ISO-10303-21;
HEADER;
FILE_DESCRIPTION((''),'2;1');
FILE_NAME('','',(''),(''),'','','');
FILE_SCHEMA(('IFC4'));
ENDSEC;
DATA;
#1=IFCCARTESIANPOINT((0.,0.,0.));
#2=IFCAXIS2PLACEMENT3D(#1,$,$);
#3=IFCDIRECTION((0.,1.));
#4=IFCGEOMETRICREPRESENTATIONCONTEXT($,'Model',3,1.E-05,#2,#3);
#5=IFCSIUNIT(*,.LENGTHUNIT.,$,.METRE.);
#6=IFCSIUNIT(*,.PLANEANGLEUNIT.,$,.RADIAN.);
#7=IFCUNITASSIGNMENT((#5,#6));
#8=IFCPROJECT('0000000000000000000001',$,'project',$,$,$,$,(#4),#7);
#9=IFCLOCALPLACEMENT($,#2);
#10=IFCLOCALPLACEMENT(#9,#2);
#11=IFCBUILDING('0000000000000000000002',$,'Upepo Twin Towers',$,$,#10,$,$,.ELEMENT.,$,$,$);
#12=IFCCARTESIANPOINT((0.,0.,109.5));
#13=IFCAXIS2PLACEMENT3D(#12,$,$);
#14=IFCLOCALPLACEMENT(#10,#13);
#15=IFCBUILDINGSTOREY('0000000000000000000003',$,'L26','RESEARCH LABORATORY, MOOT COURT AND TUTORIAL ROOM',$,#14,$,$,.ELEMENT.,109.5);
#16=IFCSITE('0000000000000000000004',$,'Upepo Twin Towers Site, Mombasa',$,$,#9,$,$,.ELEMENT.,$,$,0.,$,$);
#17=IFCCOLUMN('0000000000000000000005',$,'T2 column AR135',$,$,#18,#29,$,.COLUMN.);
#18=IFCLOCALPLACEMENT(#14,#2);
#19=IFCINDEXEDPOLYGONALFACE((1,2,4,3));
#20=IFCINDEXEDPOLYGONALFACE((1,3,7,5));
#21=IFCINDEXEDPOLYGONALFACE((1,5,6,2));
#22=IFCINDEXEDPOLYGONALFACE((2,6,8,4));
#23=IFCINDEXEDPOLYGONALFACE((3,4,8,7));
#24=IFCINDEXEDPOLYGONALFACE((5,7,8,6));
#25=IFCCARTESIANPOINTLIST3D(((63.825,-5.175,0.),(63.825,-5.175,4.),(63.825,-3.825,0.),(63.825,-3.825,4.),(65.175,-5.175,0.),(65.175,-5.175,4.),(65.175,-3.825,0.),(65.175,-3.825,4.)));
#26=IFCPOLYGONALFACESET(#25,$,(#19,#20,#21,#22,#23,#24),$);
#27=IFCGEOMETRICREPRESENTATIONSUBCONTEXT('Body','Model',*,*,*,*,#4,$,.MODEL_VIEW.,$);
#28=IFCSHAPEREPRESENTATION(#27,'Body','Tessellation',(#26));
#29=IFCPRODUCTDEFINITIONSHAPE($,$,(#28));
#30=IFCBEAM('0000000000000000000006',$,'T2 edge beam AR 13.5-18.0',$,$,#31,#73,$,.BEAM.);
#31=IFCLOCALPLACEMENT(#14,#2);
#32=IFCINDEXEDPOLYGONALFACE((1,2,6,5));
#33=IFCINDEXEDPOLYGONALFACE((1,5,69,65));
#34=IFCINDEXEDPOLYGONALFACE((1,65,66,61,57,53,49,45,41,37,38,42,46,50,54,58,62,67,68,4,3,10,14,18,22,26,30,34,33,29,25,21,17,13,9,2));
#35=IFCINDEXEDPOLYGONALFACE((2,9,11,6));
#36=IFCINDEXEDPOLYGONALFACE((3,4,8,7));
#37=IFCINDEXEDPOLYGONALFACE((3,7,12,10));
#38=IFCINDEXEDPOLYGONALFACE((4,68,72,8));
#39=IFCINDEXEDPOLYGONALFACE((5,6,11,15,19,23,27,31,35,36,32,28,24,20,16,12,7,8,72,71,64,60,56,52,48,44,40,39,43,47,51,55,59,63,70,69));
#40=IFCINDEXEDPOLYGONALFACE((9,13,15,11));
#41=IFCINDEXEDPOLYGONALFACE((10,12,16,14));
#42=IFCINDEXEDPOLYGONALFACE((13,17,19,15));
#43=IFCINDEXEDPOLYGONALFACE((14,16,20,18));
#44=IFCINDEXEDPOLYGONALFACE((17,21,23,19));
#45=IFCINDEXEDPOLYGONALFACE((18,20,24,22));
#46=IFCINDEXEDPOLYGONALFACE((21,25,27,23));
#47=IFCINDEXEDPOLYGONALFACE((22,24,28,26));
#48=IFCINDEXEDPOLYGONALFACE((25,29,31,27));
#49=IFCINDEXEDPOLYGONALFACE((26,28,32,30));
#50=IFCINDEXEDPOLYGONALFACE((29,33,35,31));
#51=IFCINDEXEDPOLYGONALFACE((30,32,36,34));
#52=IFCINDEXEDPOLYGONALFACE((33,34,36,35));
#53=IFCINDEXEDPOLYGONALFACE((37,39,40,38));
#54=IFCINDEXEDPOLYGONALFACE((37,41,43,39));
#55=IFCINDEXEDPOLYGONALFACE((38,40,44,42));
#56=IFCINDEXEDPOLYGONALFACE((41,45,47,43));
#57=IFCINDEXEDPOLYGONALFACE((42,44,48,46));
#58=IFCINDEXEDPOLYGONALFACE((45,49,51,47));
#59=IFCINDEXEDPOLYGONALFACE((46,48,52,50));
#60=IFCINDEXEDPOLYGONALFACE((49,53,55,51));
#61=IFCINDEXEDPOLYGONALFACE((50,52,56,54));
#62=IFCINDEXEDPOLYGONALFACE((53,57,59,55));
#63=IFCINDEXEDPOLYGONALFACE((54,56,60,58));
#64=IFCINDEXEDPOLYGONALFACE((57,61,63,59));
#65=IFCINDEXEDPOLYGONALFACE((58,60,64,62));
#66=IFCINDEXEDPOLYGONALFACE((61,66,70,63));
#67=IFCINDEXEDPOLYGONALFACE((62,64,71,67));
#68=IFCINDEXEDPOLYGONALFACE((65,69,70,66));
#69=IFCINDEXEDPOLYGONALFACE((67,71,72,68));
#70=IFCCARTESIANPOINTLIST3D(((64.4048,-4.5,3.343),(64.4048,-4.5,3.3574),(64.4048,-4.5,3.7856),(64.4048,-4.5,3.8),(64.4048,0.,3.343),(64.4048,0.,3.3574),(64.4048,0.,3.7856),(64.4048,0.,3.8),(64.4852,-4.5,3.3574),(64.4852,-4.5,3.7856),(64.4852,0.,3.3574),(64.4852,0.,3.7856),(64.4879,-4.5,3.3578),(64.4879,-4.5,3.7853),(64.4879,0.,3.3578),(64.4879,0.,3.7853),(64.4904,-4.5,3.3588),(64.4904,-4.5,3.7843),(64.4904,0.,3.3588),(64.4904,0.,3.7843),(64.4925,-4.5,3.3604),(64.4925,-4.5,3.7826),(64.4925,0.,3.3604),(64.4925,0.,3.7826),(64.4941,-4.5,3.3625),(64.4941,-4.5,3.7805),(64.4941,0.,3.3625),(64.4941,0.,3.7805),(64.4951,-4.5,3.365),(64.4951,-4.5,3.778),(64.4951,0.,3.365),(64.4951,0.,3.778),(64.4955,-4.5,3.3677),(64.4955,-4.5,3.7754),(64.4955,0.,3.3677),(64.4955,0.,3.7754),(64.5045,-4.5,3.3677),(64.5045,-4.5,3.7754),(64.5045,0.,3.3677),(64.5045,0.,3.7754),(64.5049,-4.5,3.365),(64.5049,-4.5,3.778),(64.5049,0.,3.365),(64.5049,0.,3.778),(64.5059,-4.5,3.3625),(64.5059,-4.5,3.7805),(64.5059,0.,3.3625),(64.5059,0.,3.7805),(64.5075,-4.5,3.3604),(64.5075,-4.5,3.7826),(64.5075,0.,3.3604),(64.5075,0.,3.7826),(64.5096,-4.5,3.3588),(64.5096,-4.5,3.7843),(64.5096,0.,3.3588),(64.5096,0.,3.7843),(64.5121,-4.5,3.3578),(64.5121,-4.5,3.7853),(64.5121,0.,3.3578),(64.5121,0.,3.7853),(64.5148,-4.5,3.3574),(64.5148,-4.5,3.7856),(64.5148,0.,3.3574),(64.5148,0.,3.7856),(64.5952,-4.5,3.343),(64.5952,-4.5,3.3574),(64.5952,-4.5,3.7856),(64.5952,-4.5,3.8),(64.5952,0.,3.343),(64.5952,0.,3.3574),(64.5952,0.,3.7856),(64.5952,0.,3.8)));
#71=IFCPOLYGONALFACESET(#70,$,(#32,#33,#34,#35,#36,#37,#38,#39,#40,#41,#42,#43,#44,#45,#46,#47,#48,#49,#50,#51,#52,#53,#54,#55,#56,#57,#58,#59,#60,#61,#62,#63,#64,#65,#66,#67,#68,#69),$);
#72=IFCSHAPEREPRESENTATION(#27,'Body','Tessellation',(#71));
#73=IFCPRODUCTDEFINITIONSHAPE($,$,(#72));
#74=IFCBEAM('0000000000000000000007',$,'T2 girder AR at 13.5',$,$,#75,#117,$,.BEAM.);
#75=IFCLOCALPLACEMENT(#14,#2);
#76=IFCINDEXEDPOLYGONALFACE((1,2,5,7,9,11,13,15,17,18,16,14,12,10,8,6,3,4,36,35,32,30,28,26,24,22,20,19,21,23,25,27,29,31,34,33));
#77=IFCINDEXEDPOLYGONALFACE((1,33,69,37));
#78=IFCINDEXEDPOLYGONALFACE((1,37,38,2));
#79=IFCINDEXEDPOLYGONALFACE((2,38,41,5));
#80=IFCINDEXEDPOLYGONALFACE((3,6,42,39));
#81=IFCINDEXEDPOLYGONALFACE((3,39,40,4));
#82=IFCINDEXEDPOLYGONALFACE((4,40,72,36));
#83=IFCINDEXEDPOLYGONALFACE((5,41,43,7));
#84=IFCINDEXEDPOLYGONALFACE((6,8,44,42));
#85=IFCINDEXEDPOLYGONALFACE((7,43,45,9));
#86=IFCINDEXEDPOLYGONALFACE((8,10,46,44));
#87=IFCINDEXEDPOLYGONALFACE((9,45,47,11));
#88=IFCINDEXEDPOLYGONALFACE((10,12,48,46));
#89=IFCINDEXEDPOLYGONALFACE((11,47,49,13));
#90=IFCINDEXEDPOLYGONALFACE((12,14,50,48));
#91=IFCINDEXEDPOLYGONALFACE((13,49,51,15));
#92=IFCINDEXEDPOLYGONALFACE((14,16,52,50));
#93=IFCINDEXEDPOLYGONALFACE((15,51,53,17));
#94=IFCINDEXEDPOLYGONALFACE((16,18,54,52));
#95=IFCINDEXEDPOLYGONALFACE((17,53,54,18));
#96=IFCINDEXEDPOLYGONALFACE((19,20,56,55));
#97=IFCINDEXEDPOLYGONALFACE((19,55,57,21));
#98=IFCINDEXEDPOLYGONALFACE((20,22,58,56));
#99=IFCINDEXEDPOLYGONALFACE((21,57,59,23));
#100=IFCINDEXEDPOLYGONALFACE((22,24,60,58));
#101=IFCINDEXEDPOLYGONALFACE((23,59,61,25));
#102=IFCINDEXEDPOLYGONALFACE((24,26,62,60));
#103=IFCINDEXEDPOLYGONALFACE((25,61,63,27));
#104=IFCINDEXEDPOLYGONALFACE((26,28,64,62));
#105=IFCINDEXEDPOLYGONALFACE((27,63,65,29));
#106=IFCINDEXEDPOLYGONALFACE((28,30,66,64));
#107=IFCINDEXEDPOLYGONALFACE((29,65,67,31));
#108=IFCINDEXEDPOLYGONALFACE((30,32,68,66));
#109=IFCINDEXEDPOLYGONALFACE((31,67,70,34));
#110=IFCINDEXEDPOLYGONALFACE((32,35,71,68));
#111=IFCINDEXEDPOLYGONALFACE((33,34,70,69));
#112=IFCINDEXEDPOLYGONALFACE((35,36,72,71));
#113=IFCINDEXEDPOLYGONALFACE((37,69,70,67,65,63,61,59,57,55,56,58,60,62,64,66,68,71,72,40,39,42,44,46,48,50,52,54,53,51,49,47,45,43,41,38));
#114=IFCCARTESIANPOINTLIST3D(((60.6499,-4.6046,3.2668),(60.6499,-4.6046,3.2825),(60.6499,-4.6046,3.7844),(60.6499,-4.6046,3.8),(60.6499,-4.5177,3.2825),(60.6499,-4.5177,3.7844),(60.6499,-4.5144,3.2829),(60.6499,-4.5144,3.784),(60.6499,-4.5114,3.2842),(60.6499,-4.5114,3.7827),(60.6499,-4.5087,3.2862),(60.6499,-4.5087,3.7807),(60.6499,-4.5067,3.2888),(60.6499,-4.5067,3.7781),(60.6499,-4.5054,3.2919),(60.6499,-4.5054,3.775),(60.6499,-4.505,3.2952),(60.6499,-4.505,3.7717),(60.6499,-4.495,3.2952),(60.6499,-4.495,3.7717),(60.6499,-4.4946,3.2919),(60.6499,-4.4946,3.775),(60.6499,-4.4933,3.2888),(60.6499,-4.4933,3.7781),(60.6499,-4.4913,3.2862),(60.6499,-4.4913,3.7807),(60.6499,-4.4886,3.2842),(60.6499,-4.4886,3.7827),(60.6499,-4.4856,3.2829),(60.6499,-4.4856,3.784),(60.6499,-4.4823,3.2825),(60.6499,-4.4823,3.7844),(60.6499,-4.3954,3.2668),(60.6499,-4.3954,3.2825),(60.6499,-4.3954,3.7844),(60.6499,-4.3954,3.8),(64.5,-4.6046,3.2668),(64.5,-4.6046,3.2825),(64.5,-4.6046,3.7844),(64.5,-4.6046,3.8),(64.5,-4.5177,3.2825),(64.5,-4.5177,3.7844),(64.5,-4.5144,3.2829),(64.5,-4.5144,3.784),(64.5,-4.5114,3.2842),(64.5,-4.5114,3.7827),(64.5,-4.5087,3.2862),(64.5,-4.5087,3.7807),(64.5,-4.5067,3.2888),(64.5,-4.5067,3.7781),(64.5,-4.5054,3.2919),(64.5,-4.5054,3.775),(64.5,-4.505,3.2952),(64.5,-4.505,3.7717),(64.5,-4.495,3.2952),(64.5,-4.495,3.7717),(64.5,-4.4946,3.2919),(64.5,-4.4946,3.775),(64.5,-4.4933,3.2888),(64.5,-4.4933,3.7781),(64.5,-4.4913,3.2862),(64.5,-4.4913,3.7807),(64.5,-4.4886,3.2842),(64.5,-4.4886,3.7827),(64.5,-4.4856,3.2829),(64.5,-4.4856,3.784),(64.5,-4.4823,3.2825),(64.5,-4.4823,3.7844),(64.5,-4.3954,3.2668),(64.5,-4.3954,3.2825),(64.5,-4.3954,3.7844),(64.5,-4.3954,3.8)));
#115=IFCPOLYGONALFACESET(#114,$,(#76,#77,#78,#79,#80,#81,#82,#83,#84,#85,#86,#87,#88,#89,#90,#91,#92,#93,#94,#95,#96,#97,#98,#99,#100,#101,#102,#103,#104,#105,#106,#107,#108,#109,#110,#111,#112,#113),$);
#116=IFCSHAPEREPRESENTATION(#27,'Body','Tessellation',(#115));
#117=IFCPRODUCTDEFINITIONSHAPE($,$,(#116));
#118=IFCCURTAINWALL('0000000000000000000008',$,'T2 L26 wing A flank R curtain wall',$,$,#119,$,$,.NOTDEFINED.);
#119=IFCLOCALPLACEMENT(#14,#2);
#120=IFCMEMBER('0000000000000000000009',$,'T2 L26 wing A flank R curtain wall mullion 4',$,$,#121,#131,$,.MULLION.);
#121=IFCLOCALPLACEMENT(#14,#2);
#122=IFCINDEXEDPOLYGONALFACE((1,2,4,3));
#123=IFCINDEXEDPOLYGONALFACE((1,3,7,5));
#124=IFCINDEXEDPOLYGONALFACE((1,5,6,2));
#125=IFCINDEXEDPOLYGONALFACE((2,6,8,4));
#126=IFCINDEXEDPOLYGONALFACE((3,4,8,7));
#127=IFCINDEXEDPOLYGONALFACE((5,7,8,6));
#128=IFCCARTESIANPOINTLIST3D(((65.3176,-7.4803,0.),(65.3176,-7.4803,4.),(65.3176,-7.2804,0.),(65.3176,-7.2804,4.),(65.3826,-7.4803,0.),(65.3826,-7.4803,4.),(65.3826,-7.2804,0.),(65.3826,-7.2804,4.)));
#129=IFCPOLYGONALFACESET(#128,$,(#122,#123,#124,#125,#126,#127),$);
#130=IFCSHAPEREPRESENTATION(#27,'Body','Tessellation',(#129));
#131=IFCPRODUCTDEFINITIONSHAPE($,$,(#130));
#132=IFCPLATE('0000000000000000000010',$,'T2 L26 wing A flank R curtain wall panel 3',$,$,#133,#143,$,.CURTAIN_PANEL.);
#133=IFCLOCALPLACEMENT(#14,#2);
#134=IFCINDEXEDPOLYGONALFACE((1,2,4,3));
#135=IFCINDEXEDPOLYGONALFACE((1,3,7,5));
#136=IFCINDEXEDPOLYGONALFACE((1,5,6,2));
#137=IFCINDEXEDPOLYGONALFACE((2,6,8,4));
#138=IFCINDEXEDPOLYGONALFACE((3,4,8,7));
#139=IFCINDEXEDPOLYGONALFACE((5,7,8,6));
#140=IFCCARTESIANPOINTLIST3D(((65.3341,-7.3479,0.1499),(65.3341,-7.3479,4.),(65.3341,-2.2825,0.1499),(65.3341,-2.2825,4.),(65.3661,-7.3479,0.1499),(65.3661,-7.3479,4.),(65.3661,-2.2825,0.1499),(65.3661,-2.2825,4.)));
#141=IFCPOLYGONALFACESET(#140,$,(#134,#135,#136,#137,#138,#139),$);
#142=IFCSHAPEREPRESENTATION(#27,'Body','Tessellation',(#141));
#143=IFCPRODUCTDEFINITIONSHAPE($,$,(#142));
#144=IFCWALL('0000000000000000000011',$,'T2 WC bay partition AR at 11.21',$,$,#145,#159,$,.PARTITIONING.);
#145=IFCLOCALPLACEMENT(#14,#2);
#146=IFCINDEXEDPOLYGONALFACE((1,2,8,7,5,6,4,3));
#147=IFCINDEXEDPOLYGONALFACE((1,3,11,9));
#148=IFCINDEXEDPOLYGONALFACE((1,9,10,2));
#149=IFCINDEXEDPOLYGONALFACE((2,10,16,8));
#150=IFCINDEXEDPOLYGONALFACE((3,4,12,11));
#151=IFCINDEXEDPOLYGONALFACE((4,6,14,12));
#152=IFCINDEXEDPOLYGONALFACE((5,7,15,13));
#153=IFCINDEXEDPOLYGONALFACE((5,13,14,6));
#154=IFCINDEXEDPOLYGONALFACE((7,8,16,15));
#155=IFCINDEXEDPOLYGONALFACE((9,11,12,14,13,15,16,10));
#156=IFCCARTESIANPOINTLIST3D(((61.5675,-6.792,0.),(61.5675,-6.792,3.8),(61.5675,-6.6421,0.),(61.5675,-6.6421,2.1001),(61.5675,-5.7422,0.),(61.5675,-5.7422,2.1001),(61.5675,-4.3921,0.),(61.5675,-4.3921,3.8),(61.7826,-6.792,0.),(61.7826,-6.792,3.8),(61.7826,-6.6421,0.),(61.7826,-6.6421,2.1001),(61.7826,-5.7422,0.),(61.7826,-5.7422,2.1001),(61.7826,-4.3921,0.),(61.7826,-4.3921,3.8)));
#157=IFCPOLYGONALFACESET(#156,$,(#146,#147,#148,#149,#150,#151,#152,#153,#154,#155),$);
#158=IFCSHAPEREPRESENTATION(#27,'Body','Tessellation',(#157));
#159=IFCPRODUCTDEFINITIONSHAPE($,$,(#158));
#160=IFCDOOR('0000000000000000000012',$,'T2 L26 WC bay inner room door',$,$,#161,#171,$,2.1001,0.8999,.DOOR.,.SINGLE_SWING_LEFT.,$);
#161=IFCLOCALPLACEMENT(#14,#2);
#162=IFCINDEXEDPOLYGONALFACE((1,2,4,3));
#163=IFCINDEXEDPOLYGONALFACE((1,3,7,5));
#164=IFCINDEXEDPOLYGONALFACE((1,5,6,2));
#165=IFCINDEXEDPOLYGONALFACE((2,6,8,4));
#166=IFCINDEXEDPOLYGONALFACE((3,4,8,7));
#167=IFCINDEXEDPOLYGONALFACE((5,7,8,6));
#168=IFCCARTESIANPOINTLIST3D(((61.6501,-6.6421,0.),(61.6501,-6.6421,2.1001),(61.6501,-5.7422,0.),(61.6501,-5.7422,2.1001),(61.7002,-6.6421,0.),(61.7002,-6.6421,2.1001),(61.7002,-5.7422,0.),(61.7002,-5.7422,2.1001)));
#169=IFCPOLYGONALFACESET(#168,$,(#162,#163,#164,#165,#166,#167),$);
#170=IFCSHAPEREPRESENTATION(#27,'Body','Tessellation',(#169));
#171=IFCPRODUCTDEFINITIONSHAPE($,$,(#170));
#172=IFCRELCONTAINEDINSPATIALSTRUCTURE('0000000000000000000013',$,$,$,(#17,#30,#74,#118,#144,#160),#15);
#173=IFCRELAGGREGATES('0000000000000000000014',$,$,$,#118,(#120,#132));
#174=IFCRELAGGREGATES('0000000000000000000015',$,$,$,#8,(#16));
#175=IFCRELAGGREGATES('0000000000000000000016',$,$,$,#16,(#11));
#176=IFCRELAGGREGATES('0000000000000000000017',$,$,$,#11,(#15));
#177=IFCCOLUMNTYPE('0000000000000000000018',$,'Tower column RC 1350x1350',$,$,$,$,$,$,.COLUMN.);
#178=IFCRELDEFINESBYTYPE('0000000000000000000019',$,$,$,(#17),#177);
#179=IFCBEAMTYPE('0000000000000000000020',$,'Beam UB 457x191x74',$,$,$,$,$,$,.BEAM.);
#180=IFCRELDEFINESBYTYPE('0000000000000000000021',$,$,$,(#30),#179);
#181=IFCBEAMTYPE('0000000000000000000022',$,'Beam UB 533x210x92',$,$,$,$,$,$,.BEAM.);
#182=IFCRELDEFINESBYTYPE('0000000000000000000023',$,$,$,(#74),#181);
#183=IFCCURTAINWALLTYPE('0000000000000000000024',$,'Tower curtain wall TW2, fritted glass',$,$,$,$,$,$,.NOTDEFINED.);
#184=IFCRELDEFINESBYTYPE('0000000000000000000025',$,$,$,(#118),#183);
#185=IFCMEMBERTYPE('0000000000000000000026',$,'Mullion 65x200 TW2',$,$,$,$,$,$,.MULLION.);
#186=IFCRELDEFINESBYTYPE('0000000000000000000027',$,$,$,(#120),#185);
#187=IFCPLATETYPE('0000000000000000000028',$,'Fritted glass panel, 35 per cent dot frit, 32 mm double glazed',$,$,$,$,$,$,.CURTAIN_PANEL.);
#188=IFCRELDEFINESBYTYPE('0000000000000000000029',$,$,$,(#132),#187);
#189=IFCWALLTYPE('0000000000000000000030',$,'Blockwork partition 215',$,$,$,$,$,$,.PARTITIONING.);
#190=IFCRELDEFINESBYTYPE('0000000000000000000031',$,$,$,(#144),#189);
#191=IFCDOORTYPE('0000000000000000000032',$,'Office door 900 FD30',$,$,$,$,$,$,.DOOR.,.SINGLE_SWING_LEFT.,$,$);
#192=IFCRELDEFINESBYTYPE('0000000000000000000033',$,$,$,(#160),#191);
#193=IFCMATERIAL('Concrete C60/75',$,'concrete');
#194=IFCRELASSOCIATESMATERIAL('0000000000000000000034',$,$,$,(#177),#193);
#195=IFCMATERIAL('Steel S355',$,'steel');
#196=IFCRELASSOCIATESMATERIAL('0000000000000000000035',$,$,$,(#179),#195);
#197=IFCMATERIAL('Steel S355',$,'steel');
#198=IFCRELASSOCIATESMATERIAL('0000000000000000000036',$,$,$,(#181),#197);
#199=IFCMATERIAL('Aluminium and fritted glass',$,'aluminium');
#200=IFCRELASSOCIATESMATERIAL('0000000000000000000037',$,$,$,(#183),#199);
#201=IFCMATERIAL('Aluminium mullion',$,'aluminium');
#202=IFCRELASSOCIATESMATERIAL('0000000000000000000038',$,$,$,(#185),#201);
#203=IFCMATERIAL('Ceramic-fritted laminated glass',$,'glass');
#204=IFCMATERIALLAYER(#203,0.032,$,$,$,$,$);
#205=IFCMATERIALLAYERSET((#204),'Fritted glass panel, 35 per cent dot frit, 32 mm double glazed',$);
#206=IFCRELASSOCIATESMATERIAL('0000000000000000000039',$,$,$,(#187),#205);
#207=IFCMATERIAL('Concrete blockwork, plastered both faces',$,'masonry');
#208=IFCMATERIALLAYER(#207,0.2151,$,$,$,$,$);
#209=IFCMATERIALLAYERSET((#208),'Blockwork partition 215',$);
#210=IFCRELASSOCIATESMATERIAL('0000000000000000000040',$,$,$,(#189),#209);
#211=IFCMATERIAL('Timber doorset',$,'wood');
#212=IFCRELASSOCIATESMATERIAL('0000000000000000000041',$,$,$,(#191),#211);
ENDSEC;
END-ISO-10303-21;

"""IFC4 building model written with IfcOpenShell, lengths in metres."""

from ifc_helpers import new_model, si_unit, direction, frame, frame_2d, origin, origin_2d, place, context, subcontext, project, spatial, rectangle, i_section, extrude, material, layer, layer_set, material_profile, profile_set, type_object, element, fill, aggregate, save


model = new_model("IFC4")

# Units and contexts
model_context = context("Model", 3, precision=1e-05, world=origin(), true_north=direction((0.0, 1.0)))
body_context = subcontext(model_context, "Body", "Model", "MODEL_VIEW")
ifc_project = project(units=[si_unit("LENGTHUNIT", "METRE"), si_unit("PLANEANGLEUNIT", "RADIAN")], contexts=[model_context])

# Site, building, storey
site_placement = place(None, origin())
site = spatial("IfcSite", under=ifc_project, at=site_placement, Name="Upepo Twin Towers Site, Mombasa", CompositionType="ELEMENT", RefElevation=0.0)
building_placement = place(site_placement, origin())
building = spatial("IfcBuilding", under=site, at=building_placement, Name="Upepo Twin Towers", CompositionType="ELEMENT")
storey_placement = place(building_placement, frame((0.0, 0.0, 109.5)))
storey = spatial("IfcBuildingStorey", under=building, at=storey_placement, Name="L26", Description="RESEARCH LABORATORY, MOOT COURT AND TUTORIAL ROOM", CompositionType="ELEMENT", Elevation=109.5)

# Column
ifc_material_1 = material(Name="Concrete C60/75", Category="concrete")
ifc_material_profile_1 = material_profile(ifc_material_1, rectangle(XDim=1.3501, YDim=1.3501, at=origin_2d()), Name="RC 1350x1350")
ifc_profile_set_1 = profile_set([ifc_material_profile_1], Name="Concrete C60/75")
column_type = type_object("IfcColumnType", Name="Tower column RC 1350x1350", PredefinedType="COLUMN", material=ifc_profile_set_1)
column_placement = place(storey_placement, frame((64.5, -4.5, 0.0), z_axis=(0.0, 0.0, 1.0), x_axis=(1.0, 0.0, 0.0)))
element("IfcColumn", 1, at=column_placement, inside=storey, type_object=column_type, Name="T2 column AR135", PredefinedType="COLUMN", context=body_context, shape_type="SweptSolid", body=[
    extrude(rectangle(XDim=1.3501, YDim=1.3501, at=origin_2d()), origin(), (0.0, 0.0, 1.0), 4.0),
])

# Beams
ifc_material_2 = material(Name="Steel S355", Category="steel")
ifc_material_profile_2 = material_profile(ifc_material_2, i_section(OverallWidth=0.1904, OverallDepth=0.457, WebThickness=0.009, FlangeThickness=0.0144, FilletRadius=0.0103, at=origin_2d()), Name="UB 457x191x74")
ifc_profile_set_2 = profile_set([ifc_material_profile_2], Name="Steel S355")
beam_type_1 = type_object("IfcBeamType", Name="Beam UB 457x191x74", PredefinedType="BEAM", material=ifc_profile_set_2)
beam_1_placement = place(storey_placement, frame((64.5, -4.5, 3.5715), z_axis=(0.0, 1.0, 0.0), x_axis=(-1.0, 0.0, 0.0)))
element("IfcBeam", 2, at=beam_1_placement, inside=storey, type_object=beam_type_1, Name="T2 edge beam AR 13.5-18.0", PredefinedType="BEAM", context=body_context, shape_type="SweptSolid", body=[
    extrude(i_section(OverallWidth=0.1904, OverallDepth=0.457, WebThickness=0.009, FlangeThickness=0.0144, FilletRadius=0.0103, at=origin_2d()), origin(), (0.0, 0.0, 1.0), 4.5),
])
ifc_material_3 = material(Name="Steel S355", Category="steel")
ifc_material_profile_3 = material_profile(ifc_material_3, i_section(OverallWidth=0.2092, OverallDepth=0.5332, WebThickness=0.01, FlangeThickness=0.0156, FilletRadius=0.0127, at=origin_2d()), Name="UB 533x210x92")
ifc_profile_set_3 = profile_set([ifc_material_profile_3], Name="Steel S355")
beam_type_2 = type_object("IfcBeamType", Name="Beam UB 533x210x92", PredefinedType="BEAM", material=ifc_profile_set_3)
beam_2_placement = place(storey_placement, frame((64.5, -4.5, 3.5334), z_axis=(-1.0, 0.0, 0.0), x_axis=(0.0, -1.0, 0.0)))
element("IfcBeam", 3, at=beam_2_placement, inside=storey, type_object=beam_type_2, Name="T2 girder AR at 13.5", PredefinedType="BEAM", context=body_context, shape_type="SweptSolid", body=[
    extrude(i_section(OverallWidth=0.2092, OverallDepth=0.5332, WebThickness=0.01, FlangeThickness=0.0156, FilletRadius=0.0127, at=origin_2d()), origin(), (0.0, 0.0, 1.0), 3.8501),
])

# Curtain wall, member, plate
ifc_material_4 = material(Name="Aluminium and fritted glass", Category="aluminium")
curtain_wall_type = type_object("IfcCurtainWallType", Name="Tower curtain wall TW2, fritted glass", PredefinedType="NOTDEFINED", material=ifc_material_4)
curtain_wall_placement = place(storey_placement, origin())
curtain_wall = element("IfcCurtainWall", 4, at=curtain_wall_placement, inside=storey, type_object=curtain_wall_type, Name="T2 L26 wing A flank R curtain wall", PredefinedType="NOTDEFINED")
ifc_material_5 = material(Name="Aluminium mullion", Category="aluminium")
ifc_material_profile_4 = material_profile(ifc_material_5, rectangle(XDim=0.0649, YDim=0.2, at=origin_2d()), Name="MULLION 65x200")
ifc_profile_set_4 = profile_set([ifc_material_profile_4], Name="Aluminium mullion")
member_type = type_object("IfcMemberType", Name="Mullion 65x200 TW2", PredefinedType="MULLION", material=ifc_profile_set_4)
member_placement = place(storey_placement, frame((65.3501, -7.3804, 0.0), z_axis=(0.0, 0.0, 1.0), x_axis=(1.0, 0.0, 0.0)))
member = element("IfcMember", 5, at=member_placement, type_object=member_type, Name="T2 L26 wing A flank R curtain wall mullion 4", PredefinedType="MULLION", context=body_context, shape_type="SweptSolid", body=[
    extrude(rectangle(XDim=0.0649, YDim=0.2, at=origin_2d()), origin(), (0.0, 0.0, 1.0), 4.0),
])
ifc_material_6 = material(Name="Ceramic-fritted laminated glass", Category="glass")
ifc_layer_1 = layer(ifc_material_6, 0.032)
ifc_layer_set_1 = layer_set([ifc_layer_1], Name="Fritted glass panel, 35 per cent dot frit, 32 mm double glazed")
plate_type = type_object("IfcPlateType", Name="Fritted glass panel, 35 per cent dot frit, 32 mm double glazed", PredefinedType="CURTAIN_PANEL", material=ifc_layer_set_1)
plate_placement = place(storey_placement, frame((65.3501, -4.8152, 0.1499), z_axis=(0.0, 0.0, 1.0), x_axis=(0.0, -1.0, 0.0)))
plate = element("IfcPlate", 6, at=plate_placement, type_object=plate_type, Name="T2 L26 wing A flank R curtain wall panel 3", PredefinedType="CURTAIN_PANEL", context=body_context, shape_type="SweptSolid", body=[
    extrude(rectangle(XDim=5.0654, YDim=0.032, at=origin_2d()), origin(), (0.0, 0.0, 1.0), 3.8501),
])
aggregate(curtain_wall, [member, plate])

# Wall, opening, door
ifc_material_7 = material(Name="Concrete blockwork, plastered both faces", Category="masonry")
ifc_layer_2 = layer(ifc_material_7, 0.2151)
ifc_layer_set_2 = layer_set([ifc_layer_2], Name="Blockwork partition 215")
wall_type_1 = type_object("IfcWallType", Name="Blockwork partition 215", PredefinedType="PARTITIONING", material=ifc_layer_set_2)
wall_1_placement = place(storey_placement, frame((61.675, -6.792, 0.0), z_axis=(0.0, 0.0, 1.0), x_axis=(0.0, 1.0, 0.0)))
wall_1 = element("IfcWall", 7, at=wall_1_placement, inside=storey, type_object=wall_type_1, Name="T2 WC bay partition AR at 11.21", PredefinedType="PARTITIONING", context=body_context, shape_type="SweptSolid", body=[
    extrude(rectangle(XDim=2.3999, YDim=0.2151, at=frame_2d((1.2, 0.0))), origin(), (0.0, 0.0, 1.0), 3.8),
])
opening_1_placement = place(wall_1_placement, frame((0.1499, 0.0, 0.0)))
opening_1 = element("IfcOpeningElement", 8, at=opening_1_placement, cuts=wall_1, PredefinedType="OPENING", context=body_context, shape_type="SweptSolid", body=[
    extrude(rectangle(XDim=0.8999, YDim=2.1001, at=frame_2d((0.45, 1.05))), frame((0.0, 0.1174, 0.0), z_axis=(0.0, -1.0, 0.0), x_axis=(1.0, 0.0, 0.0)), (0.0, 0.0, 1.0), 0.2351),
])
ifc_material_8 = material(Name="Timber doorset", Category="wood")
door_type_1 = type_object("IfcDoorType", Name="Office door 900 FD30", OperationType="SINGLE_SWING_LEFT", PredefinedType="DOOR", material=ifc_material_8)
door_1_placement = place(opening_1_placement, origin())
door_1 = element("IfcDoor", 9, at=door_1_placement, inside=storey, type_object=door_type_1, Name="T2 L26 WC bay inner room door", OperationType="SINGLE_SWING_LEFT", OverallHeight=2.1001, OverallWidth=0.8999, PredefinedType="DOOR", context=body_context, shape_type="SweptSolid", body=[
    extrude(rectangle(XDim=0.8999, YDim=2.1001, at=frame_2d((0.45, 1.05))), frame((0.0, 0.0249, 0.0), z_axis=(0.0, -1.0, 0.0), x_axis=(1.0, 0.0, 0.0)), (0.0, 0.0, 1.0), 0.05),
])
fill(opening_1, door_1)

save(model, "model.ifc")
